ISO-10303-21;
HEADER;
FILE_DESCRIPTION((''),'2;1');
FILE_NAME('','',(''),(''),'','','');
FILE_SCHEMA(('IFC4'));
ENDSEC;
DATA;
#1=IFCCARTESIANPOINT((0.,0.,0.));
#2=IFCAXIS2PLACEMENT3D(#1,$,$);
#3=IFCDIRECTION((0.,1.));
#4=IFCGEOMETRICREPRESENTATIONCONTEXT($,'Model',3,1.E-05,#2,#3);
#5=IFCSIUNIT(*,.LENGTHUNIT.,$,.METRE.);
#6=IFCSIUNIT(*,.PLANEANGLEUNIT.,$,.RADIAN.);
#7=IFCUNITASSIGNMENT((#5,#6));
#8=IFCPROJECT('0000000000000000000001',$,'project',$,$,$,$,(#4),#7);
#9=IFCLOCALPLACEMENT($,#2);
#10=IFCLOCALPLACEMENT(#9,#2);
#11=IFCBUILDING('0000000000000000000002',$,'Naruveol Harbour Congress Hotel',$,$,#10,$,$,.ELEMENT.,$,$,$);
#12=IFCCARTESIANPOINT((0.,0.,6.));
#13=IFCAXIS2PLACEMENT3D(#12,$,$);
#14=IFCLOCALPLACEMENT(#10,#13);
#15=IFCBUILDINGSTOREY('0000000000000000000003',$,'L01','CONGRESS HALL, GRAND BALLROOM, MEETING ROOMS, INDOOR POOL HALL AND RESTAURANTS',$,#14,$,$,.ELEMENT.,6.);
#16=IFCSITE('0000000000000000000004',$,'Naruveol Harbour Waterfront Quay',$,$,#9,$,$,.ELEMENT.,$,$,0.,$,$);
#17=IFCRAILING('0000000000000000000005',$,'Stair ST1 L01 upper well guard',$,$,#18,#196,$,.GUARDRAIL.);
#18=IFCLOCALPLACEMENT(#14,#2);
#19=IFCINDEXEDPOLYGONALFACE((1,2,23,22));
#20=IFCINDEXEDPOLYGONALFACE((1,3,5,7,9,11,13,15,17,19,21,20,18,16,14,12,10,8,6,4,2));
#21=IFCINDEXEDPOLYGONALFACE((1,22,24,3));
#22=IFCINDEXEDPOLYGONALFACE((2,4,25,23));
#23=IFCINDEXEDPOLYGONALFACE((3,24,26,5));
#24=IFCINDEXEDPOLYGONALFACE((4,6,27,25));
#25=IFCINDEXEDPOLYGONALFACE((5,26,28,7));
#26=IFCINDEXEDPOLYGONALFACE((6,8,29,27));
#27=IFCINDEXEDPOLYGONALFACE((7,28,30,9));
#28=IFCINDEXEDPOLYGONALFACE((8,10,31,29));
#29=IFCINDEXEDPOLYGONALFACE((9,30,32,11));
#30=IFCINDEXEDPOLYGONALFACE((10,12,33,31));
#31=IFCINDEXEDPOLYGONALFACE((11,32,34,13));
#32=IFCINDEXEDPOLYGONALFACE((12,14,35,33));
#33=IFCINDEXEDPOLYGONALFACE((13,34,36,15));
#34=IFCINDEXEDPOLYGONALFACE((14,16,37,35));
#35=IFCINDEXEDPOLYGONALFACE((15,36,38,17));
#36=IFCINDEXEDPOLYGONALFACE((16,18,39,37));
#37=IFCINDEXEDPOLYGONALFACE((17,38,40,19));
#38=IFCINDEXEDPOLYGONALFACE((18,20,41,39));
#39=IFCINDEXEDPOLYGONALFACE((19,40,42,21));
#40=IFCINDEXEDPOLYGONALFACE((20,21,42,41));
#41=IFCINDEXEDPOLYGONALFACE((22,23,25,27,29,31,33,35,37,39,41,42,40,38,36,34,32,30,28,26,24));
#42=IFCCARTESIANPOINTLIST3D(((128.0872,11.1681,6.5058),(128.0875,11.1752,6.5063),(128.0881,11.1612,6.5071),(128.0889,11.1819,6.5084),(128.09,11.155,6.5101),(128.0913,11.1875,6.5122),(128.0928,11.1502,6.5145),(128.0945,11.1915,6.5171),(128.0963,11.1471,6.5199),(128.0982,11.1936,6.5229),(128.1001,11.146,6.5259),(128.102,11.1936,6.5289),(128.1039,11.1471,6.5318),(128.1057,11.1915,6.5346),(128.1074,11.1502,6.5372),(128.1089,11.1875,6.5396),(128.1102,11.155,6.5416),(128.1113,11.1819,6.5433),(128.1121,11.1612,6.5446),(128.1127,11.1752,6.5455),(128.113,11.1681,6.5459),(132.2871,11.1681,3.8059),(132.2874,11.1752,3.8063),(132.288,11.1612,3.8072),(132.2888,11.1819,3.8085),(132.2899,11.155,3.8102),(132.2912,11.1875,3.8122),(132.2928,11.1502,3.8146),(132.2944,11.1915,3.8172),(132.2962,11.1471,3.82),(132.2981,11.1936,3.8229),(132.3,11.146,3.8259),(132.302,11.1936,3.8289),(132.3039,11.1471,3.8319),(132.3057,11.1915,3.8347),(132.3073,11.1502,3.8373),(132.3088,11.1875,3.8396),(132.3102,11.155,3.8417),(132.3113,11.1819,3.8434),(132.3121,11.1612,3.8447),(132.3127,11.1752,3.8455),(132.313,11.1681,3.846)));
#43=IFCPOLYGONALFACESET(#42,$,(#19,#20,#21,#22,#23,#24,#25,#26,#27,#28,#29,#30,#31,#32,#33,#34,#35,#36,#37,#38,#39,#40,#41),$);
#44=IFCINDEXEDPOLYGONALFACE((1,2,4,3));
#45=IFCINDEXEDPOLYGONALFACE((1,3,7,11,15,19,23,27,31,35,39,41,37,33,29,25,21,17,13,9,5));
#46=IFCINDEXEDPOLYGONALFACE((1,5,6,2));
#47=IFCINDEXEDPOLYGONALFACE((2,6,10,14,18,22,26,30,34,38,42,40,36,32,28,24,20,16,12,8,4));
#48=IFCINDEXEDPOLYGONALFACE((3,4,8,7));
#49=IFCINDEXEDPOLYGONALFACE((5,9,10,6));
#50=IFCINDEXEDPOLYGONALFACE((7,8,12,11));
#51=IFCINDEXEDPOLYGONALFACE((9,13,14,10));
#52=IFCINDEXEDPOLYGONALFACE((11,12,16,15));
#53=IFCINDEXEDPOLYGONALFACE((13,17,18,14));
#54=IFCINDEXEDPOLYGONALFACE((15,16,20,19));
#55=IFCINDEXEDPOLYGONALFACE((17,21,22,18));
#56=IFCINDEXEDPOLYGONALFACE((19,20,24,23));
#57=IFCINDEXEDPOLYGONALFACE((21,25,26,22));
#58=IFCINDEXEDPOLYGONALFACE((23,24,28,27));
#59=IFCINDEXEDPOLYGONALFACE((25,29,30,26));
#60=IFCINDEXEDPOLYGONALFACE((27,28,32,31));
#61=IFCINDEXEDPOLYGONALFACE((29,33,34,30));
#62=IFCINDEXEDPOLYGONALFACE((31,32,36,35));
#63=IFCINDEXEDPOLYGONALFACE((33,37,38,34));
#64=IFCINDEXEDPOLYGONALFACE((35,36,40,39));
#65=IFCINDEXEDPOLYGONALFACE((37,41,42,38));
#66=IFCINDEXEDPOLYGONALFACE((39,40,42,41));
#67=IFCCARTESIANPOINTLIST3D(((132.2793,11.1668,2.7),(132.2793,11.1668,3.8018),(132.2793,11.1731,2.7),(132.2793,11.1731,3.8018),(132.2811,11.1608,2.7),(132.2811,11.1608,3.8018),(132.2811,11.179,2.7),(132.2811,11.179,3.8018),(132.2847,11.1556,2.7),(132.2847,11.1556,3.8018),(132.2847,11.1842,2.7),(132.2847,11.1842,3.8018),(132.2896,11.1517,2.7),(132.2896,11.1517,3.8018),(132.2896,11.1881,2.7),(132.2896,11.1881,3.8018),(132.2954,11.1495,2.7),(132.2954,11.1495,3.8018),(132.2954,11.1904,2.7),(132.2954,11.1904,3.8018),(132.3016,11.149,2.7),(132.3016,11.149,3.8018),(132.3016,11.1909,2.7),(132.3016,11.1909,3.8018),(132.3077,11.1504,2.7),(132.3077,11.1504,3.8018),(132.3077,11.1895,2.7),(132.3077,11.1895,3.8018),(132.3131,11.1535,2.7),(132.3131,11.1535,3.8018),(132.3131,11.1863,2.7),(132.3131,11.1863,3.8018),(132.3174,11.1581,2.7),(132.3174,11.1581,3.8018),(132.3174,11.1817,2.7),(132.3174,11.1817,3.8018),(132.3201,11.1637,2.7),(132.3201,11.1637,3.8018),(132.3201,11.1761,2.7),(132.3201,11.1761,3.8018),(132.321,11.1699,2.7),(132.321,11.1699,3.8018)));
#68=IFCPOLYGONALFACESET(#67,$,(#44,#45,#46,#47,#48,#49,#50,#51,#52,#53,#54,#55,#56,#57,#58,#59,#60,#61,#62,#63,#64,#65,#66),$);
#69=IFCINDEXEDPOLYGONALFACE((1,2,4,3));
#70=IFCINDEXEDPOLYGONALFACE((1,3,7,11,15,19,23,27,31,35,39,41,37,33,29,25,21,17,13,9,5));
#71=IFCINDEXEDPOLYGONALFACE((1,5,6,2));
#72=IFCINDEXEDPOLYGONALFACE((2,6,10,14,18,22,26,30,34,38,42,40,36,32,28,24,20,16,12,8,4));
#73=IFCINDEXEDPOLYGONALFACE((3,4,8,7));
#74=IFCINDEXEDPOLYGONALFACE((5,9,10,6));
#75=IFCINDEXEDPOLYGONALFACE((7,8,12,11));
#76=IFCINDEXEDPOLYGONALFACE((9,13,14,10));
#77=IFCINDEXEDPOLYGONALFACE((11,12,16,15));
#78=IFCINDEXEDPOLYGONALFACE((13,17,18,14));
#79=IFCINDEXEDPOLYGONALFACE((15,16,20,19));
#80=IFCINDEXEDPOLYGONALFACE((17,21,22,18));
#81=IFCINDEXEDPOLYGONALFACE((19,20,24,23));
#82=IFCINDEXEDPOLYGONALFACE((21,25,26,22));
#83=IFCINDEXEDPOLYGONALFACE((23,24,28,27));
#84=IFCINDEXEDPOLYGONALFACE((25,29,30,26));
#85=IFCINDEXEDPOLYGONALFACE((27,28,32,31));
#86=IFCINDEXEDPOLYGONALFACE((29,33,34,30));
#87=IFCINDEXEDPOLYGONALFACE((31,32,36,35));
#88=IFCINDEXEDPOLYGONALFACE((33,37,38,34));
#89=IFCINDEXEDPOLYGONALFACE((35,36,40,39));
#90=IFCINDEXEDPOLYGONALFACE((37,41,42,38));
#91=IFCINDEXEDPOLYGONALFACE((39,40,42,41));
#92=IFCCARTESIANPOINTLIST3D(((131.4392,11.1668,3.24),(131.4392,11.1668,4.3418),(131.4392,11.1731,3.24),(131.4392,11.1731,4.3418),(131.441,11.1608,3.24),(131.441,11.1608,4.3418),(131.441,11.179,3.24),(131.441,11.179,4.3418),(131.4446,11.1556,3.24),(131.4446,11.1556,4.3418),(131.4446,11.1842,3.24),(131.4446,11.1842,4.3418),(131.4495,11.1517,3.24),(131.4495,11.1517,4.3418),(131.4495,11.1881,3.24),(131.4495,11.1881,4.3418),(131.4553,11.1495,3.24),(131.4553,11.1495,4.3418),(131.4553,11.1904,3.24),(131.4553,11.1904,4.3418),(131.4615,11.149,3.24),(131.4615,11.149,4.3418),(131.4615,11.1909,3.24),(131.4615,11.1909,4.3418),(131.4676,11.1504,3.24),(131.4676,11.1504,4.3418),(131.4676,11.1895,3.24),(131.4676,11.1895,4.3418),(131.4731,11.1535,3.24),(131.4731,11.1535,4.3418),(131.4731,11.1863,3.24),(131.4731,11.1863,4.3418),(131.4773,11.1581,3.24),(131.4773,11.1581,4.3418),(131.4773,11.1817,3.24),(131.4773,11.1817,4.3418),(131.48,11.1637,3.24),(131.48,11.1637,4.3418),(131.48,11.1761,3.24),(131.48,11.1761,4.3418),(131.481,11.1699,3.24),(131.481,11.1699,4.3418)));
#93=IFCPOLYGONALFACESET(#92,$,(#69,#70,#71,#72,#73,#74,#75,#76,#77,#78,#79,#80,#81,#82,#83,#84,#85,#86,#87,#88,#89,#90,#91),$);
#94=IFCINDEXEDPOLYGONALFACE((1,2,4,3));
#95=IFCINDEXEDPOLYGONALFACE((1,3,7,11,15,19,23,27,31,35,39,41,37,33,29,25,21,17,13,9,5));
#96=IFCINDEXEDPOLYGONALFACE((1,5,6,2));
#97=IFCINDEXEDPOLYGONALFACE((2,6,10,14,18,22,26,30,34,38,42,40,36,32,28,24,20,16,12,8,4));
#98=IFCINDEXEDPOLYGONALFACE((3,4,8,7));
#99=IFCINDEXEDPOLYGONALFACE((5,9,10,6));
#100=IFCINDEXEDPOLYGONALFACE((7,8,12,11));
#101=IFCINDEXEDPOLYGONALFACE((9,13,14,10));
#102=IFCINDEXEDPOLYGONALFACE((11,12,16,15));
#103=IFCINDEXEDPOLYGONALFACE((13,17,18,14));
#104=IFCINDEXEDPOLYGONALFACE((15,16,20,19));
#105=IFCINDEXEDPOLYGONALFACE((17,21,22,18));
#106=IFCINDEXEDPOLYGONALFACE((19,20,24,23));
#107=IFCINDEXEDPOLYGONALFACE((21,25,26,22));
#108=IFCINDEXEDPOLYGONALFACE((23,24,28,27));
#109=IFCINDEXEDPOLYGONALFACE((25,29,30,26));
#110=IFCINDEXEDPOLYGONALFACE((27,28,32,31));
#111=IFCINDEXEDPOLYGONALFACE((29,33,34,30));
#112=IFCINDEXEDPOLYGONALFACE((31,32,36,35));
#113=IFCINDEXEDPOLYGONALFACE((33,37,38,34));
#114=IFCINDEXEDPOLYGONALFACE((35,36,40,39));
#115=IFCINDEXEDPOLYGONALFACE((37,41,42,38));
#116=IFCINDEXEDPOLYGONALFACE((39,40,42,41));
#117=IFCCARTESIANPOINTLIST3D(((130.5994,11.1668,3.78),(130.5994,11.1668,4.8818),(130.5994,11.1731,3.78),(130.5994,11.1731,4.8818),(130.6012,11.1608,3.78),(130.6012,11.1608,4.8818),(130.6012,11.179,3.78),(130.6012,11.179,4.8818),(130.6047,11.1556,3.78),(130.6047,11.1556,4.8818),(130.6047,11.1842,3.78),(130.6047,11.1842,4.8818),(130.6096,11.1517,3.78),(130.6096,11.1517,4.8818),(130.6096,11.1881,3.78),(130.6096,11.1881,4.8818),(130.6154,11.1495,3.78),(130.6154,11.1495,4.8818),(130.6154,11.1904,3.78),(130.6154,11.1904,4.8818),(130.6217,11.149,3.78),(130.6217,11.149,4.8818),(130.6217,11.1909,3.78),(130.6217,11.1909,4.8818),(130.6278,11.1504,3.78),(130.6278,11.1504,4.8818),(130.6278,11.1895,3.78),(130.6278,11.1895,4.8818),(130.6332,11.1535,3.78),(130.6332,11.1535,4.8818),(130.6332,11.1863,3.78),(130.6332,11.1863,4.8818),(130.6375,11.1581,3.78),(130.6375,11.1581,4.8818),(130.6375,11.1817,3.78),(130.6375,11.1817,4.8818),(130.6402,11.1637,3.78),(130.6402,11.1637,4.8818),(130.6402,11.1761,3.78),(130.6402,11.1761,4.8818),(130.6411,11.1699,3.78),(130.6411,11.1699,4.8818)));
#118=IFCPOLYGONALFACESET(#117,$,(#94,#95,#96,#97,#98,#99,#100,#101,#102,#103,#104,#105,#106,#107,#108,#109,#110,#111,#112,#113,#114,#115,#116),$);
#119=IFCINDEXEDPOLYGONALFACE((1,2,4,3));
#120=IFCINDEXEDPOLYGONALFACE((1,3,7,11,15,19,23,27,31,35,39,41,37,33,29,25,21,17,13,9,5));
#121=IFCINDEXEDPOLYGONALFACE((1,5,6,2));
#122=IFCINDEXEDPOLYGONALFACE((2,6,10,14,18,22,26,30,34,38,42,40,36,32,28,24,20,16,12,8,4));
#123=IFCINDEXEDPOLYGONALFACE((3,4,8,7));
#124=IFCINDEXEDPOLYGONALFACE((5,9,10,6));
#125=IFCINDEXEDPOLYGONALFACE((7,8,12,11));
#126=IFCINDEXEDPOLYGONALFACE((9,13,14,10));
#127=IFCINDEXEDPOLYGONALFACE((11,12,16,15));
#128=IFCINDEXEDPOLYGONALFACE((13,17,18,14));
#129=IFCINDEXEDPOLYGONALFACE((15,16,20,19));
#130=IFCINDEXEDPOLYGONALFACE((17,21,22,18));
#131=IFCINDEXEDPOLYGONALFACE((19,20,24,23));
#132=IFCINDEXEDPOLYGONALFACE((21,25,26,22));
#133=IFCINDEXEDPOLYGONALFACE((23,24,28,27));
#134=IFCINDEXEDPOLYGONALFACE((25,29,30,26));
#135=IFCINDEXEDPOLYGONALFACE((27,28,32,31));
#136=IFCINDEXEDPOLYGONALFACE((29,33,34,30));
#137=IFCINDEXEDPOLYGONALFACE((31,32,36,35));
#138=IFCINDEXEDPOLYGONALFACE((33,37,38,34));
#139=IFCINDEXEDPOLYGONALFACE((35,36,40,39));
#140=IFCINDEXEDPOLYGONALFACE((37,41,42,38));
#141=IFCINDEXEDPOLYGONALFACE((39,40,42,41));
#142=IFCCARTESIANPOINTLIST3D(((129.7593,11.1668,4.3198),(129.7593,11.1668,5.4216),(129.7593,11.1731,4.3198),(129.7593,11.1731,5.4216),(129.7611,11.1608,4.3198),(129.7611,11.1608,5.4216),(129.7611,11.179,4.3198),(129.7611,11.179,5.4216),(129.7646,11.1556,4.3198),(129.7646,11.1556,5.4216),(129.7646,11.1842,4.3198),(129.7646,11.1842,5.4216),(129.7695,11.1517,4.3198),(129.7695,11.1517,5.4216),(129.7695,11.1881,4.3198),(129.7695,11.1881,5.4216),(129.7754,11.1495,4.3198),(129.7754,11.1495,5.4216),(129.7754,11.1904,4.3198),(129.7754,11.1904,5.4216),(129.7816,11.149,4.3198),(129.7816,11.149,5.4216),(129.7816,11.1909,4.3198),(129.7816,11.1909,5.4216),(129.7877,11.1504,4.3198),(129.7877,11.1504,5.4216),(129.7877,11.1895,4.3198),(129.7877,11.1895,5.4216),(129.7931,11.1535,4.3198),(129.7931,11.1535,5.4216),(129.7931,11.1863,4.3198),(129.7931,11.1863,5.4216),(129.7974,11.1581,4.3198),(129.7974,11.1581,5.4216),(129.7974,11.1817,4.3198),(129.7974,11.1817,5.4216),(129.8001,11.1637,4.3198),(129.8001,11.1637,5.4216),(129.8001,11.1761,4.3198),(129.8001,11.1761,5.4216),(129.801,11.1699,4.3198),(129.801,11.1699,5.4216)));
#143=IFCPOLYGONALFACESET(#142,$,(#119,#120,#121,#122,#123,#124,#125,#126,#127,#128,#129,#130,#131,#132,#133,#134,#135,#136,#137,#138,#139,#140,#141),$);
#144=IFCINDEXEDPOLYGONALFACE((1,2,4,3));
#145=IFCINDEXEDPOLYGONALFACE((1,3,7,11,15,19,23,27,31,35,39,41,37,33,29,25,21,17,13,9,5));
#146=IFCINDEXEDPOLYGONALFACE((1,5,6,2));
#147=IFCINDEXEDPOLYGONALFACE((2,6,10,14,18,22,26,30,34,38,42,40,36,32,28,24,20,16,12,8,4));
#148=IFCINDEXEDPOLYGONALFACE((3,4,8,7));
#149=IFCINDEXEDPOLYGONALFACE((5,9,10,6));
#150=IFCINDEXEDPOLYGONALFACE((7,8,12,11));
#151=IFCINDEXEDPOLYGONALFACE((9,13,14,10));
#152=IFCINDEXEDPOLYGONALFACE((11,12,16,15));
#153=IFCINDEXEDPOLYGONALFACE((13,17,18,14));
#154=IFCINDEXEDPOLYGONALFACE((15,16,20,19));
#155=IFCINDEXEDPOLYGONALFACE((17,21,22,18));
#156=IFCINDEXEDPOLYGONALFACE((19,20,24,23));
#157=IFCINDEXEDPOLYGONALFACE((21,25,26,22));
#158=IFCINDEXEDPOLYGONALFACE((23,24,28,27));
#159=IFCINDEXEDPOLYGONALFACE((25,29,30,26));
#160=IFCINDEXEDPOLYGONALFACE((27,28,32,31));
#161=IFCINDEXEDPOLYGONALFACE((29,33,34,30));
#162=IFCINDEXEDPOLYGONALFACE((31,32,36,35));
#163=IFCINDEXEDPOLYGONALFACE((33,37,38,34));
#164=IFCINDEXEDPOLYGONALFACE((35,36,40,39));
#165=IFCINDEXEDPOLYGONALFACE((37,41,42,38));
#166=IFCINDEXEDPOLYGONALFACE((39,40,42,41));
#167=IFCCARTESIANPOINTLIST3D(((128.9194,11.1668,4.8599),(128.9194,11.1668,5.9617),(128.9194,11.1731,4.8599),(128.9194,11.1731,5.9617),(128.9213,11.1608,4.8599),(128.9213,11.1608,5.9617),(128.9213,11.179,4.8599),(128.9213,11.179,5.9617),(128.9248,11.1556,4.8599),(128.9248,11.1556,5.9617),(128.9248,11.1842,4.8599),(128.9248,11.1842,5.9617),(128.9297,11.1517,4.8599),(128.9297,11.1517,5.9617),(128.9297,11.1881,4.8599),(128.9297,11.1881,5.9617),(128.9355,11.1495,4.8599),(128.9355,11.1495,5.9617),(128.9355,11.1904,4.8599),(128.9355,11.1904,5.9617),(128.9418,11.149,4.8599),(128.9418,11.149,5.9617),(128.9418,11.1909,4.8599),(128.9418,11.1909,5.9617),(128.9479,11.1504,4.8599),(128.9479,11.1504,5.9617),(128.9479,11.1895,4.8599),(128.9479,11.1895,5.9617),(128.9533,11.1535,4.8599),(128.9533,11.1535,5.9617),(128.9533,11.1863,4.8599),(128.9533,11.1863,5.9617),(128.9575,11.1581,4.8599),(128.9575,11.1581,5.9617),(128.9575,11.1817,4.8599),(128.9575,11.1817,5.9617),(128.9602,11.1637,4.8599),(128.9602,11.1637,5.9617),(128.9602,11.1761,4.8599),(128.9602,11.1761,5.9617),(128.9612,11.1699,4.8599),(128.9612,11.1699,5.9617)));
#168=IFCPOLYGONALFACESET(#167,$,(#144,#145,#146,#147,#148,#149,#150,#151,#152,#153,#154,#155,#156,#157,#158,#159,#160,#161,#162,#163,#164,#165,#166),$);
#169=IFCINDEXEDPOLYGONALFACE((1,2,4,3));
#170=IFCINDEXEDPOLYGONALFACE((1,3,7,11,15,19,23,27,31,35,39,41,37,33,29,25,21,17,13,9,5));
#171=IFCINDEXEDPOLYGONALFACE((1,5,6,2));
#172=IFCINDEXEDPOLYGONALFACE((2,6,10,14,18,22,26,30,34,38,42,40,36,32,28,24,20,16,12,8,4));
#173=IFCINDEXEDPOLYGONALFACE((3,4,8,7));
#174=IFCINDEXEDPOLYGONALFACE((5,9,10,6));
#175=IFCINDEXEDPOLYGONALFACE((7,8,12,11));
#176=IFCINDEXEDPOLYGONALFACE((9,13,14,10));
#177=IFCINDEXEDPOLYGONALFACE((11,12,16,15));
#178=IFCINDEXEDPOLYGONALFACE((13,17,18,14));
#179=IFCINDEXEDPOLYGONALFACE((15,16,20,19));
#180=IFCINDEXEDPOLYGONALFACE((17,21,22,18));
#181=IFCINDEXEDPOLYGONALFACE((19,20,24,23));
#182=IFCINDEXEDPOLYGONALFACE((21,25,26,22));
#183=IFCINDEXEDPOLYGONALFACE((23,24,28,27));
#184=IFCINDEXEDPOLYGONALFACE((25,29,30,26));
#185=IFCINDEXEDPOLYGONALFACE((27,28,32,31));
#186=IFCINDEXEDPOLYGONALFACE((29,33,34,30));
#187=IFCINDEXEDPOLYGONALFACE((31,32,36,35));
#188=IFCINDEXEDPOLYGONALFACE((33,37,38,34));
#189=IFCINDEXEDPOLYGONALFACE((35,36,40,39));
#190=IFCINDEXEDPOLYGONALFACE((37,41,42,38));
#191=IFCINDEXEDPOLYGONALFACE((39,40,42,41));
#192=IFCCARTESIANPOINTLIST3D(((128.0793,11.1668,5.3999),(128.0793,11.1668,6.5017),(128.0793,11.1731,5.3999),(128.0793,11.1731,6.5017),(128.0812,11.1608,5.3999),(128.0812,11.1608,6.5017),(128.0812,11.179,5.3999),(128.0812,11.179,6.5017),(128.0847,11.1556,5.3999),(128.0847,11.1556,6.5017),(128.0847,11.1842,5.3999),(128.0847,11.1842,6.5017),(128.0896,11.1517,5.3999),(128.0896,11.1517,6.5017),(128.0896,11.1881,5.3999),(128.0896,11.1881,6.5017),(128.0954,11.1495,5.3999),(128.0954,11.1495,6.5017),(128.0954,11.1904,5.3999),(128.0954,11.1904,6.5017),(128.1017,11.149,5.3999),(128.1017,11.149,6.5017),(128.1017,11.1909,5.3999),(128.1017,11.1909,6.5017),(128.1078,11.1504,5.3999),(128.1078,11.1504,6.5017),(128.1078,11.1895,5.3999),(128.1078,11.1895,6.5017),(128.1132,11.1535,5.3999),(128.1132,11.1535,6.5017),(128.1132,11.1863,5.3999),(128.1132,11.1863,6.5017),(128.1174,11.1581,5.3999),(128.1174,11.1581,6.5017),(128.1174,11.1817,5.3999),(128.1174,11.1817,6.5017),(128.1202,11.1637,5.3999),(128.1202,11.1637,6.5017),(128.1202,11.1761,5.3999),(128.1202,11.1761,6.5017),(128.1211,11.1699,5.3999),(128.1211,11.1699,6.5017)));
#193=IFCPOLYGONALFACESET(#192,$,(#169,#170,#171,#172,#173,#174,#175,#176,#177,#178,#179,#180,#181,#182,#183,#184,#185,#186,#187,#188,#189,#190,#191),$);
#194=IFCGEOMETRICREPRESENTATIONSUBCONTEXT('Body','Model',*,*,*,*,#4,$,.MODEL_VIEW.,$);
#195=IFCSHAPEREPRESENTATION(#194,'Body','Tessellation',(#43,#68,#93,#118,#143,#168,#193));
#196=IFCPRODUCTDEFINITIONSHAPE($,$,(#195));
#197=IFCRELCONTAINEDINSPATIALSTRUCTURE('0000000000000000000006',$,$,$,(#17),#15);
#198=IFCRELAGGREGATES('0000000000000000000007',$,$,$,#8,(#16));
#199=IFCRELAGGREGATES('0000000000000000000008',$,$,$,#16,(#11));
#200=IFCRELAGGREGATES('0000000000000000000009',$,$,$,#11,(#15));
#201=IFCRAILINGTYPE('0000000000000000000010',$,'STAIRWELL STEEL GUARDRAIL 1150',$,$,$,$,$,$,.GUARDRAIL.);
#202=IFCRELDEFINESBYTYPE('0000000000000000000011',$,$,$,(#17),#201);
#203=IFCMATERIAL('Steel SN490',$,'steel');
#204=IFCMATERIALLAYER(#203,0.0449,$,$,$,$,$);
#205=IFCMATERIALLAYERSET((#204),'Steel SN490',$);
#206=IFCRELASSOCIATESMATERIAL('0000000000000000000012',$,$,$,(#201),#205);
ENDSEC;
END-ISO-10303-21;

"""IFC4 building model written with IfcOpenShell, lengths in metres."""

from ifc_helpers import new_model, si_unit, direction, frame, origin, origin_2d, place, context, subcontext, project, spatial, circle, extrude, material, layer, layer_set, type_object, element, save


model = new_model("IFC4")

# Units and contexts
model_context = context("Model", 3, precision=1e-05, world=origin(), true_north=direction((0.0, 1.0)))
body_context = subcontext(model_context, "Body", "Model", "MODEL_VIEW")
ifc_project = project(units=[si_unit("LENGTHUNIT", "METRE"), si_unit("PLANEANGLEUNIT", "RADIAN")], contexts=[model_context])

# Site, building, storey
site_placement = place(None, origin())
site = spatial("IfcSite", under=ifc_project, at=site_placement, Name="Naruveol Harbour Waterfront Quay", CompositionType="ELEMENT", RefElevation=0.0)
building_placement = place(site_placement, origin())
building = spatial("IfcBuilding", under=site, at=building_placement, Name="Naruveol Harbour Congress Hotel", CompositionType="ELEMENT")
storey_placement = place(building_placement, frame((0.0, 0.0, 6.0)))
storey = spatial("IfcBuildingStorey", under=building, at=storey_placement, Name="L01", Description="CONGRESS HALL, GRAND BALLROOM, MEETING ROOMS, INDOOR POOL HALL AND RESTAURANTS", CompositionType="ELEMENT", Elevation=6.0)

# Railing
ifc_material_1 = material(Name="Steel SN490", Category="steel")
ifc_layer_1 = layer(ifc_material_1, 0.0449)
ifc_layer_set_1 = layer_set([ifc_layer_1], Name="Steel SN490")
railing_type_1 = type_object("IfcRailingType", Name="STAIRWELL STEEL GUARDRAIL 1150", PredefinedType="GUARDRAIL", material=ifc_layer_set_1)
railing_1_placement = place(storey_placement, frame((132.3, 11.1699, 2.7)))
element("IfcRailing", 1, at=railing_1_placement, inside=storey, type_object=railing_type_1, Name="Stair ST1 L01 upper well guard", PredefinedType="GUARDRAIL", context=body_context, shape_type="SweptSolid", body=[
    extrude(circle(Radius=0.0239, at=origin_2d()), frame((0.0, 0.0, 1.126), z_axis=(-0.84118, 0.0, 0.540755), x_axis=(0.0, -1.0, 0.0)), (0.0, 0.0, 1.0), 4.9929),
    extrude(circle(Radius=0.021, at=origin_2d()), origin(), (0.0, 0.0, 1.0), 1.1018),
    extrude(circle(Radius=0.021, at=origin_2d()), frame((-0.8401, 0.0, 0.54)), (0.0, 0.0, 1.0), 1.1018),
    extrude(circle(Radius=0.021, at=origin_2d()), frame((-1.6799, 0.0, 1.0801)), (0.0, 0.0, 1.0), 1.1018),
    extrude(circle(Radius=0.021, at=origin_2d()), frame((-2.52, 0.0, 1.6199)), (0.0, 0.0, 1.0), 1.1018),
    extrude(circle(Radius=0.021, at=origin_2d()), frame((-3.3599, 0.0, 2.1599)), (0.0, 0.0, 1.0), 1.1018),
    extrude(circle(Radius=0.021, at=origin_2d()), frame((-4.2, 0.0, 2.7)), (0.0, 0.0, 1.0), 1.1018),
])

save(model, "model.ifc")
